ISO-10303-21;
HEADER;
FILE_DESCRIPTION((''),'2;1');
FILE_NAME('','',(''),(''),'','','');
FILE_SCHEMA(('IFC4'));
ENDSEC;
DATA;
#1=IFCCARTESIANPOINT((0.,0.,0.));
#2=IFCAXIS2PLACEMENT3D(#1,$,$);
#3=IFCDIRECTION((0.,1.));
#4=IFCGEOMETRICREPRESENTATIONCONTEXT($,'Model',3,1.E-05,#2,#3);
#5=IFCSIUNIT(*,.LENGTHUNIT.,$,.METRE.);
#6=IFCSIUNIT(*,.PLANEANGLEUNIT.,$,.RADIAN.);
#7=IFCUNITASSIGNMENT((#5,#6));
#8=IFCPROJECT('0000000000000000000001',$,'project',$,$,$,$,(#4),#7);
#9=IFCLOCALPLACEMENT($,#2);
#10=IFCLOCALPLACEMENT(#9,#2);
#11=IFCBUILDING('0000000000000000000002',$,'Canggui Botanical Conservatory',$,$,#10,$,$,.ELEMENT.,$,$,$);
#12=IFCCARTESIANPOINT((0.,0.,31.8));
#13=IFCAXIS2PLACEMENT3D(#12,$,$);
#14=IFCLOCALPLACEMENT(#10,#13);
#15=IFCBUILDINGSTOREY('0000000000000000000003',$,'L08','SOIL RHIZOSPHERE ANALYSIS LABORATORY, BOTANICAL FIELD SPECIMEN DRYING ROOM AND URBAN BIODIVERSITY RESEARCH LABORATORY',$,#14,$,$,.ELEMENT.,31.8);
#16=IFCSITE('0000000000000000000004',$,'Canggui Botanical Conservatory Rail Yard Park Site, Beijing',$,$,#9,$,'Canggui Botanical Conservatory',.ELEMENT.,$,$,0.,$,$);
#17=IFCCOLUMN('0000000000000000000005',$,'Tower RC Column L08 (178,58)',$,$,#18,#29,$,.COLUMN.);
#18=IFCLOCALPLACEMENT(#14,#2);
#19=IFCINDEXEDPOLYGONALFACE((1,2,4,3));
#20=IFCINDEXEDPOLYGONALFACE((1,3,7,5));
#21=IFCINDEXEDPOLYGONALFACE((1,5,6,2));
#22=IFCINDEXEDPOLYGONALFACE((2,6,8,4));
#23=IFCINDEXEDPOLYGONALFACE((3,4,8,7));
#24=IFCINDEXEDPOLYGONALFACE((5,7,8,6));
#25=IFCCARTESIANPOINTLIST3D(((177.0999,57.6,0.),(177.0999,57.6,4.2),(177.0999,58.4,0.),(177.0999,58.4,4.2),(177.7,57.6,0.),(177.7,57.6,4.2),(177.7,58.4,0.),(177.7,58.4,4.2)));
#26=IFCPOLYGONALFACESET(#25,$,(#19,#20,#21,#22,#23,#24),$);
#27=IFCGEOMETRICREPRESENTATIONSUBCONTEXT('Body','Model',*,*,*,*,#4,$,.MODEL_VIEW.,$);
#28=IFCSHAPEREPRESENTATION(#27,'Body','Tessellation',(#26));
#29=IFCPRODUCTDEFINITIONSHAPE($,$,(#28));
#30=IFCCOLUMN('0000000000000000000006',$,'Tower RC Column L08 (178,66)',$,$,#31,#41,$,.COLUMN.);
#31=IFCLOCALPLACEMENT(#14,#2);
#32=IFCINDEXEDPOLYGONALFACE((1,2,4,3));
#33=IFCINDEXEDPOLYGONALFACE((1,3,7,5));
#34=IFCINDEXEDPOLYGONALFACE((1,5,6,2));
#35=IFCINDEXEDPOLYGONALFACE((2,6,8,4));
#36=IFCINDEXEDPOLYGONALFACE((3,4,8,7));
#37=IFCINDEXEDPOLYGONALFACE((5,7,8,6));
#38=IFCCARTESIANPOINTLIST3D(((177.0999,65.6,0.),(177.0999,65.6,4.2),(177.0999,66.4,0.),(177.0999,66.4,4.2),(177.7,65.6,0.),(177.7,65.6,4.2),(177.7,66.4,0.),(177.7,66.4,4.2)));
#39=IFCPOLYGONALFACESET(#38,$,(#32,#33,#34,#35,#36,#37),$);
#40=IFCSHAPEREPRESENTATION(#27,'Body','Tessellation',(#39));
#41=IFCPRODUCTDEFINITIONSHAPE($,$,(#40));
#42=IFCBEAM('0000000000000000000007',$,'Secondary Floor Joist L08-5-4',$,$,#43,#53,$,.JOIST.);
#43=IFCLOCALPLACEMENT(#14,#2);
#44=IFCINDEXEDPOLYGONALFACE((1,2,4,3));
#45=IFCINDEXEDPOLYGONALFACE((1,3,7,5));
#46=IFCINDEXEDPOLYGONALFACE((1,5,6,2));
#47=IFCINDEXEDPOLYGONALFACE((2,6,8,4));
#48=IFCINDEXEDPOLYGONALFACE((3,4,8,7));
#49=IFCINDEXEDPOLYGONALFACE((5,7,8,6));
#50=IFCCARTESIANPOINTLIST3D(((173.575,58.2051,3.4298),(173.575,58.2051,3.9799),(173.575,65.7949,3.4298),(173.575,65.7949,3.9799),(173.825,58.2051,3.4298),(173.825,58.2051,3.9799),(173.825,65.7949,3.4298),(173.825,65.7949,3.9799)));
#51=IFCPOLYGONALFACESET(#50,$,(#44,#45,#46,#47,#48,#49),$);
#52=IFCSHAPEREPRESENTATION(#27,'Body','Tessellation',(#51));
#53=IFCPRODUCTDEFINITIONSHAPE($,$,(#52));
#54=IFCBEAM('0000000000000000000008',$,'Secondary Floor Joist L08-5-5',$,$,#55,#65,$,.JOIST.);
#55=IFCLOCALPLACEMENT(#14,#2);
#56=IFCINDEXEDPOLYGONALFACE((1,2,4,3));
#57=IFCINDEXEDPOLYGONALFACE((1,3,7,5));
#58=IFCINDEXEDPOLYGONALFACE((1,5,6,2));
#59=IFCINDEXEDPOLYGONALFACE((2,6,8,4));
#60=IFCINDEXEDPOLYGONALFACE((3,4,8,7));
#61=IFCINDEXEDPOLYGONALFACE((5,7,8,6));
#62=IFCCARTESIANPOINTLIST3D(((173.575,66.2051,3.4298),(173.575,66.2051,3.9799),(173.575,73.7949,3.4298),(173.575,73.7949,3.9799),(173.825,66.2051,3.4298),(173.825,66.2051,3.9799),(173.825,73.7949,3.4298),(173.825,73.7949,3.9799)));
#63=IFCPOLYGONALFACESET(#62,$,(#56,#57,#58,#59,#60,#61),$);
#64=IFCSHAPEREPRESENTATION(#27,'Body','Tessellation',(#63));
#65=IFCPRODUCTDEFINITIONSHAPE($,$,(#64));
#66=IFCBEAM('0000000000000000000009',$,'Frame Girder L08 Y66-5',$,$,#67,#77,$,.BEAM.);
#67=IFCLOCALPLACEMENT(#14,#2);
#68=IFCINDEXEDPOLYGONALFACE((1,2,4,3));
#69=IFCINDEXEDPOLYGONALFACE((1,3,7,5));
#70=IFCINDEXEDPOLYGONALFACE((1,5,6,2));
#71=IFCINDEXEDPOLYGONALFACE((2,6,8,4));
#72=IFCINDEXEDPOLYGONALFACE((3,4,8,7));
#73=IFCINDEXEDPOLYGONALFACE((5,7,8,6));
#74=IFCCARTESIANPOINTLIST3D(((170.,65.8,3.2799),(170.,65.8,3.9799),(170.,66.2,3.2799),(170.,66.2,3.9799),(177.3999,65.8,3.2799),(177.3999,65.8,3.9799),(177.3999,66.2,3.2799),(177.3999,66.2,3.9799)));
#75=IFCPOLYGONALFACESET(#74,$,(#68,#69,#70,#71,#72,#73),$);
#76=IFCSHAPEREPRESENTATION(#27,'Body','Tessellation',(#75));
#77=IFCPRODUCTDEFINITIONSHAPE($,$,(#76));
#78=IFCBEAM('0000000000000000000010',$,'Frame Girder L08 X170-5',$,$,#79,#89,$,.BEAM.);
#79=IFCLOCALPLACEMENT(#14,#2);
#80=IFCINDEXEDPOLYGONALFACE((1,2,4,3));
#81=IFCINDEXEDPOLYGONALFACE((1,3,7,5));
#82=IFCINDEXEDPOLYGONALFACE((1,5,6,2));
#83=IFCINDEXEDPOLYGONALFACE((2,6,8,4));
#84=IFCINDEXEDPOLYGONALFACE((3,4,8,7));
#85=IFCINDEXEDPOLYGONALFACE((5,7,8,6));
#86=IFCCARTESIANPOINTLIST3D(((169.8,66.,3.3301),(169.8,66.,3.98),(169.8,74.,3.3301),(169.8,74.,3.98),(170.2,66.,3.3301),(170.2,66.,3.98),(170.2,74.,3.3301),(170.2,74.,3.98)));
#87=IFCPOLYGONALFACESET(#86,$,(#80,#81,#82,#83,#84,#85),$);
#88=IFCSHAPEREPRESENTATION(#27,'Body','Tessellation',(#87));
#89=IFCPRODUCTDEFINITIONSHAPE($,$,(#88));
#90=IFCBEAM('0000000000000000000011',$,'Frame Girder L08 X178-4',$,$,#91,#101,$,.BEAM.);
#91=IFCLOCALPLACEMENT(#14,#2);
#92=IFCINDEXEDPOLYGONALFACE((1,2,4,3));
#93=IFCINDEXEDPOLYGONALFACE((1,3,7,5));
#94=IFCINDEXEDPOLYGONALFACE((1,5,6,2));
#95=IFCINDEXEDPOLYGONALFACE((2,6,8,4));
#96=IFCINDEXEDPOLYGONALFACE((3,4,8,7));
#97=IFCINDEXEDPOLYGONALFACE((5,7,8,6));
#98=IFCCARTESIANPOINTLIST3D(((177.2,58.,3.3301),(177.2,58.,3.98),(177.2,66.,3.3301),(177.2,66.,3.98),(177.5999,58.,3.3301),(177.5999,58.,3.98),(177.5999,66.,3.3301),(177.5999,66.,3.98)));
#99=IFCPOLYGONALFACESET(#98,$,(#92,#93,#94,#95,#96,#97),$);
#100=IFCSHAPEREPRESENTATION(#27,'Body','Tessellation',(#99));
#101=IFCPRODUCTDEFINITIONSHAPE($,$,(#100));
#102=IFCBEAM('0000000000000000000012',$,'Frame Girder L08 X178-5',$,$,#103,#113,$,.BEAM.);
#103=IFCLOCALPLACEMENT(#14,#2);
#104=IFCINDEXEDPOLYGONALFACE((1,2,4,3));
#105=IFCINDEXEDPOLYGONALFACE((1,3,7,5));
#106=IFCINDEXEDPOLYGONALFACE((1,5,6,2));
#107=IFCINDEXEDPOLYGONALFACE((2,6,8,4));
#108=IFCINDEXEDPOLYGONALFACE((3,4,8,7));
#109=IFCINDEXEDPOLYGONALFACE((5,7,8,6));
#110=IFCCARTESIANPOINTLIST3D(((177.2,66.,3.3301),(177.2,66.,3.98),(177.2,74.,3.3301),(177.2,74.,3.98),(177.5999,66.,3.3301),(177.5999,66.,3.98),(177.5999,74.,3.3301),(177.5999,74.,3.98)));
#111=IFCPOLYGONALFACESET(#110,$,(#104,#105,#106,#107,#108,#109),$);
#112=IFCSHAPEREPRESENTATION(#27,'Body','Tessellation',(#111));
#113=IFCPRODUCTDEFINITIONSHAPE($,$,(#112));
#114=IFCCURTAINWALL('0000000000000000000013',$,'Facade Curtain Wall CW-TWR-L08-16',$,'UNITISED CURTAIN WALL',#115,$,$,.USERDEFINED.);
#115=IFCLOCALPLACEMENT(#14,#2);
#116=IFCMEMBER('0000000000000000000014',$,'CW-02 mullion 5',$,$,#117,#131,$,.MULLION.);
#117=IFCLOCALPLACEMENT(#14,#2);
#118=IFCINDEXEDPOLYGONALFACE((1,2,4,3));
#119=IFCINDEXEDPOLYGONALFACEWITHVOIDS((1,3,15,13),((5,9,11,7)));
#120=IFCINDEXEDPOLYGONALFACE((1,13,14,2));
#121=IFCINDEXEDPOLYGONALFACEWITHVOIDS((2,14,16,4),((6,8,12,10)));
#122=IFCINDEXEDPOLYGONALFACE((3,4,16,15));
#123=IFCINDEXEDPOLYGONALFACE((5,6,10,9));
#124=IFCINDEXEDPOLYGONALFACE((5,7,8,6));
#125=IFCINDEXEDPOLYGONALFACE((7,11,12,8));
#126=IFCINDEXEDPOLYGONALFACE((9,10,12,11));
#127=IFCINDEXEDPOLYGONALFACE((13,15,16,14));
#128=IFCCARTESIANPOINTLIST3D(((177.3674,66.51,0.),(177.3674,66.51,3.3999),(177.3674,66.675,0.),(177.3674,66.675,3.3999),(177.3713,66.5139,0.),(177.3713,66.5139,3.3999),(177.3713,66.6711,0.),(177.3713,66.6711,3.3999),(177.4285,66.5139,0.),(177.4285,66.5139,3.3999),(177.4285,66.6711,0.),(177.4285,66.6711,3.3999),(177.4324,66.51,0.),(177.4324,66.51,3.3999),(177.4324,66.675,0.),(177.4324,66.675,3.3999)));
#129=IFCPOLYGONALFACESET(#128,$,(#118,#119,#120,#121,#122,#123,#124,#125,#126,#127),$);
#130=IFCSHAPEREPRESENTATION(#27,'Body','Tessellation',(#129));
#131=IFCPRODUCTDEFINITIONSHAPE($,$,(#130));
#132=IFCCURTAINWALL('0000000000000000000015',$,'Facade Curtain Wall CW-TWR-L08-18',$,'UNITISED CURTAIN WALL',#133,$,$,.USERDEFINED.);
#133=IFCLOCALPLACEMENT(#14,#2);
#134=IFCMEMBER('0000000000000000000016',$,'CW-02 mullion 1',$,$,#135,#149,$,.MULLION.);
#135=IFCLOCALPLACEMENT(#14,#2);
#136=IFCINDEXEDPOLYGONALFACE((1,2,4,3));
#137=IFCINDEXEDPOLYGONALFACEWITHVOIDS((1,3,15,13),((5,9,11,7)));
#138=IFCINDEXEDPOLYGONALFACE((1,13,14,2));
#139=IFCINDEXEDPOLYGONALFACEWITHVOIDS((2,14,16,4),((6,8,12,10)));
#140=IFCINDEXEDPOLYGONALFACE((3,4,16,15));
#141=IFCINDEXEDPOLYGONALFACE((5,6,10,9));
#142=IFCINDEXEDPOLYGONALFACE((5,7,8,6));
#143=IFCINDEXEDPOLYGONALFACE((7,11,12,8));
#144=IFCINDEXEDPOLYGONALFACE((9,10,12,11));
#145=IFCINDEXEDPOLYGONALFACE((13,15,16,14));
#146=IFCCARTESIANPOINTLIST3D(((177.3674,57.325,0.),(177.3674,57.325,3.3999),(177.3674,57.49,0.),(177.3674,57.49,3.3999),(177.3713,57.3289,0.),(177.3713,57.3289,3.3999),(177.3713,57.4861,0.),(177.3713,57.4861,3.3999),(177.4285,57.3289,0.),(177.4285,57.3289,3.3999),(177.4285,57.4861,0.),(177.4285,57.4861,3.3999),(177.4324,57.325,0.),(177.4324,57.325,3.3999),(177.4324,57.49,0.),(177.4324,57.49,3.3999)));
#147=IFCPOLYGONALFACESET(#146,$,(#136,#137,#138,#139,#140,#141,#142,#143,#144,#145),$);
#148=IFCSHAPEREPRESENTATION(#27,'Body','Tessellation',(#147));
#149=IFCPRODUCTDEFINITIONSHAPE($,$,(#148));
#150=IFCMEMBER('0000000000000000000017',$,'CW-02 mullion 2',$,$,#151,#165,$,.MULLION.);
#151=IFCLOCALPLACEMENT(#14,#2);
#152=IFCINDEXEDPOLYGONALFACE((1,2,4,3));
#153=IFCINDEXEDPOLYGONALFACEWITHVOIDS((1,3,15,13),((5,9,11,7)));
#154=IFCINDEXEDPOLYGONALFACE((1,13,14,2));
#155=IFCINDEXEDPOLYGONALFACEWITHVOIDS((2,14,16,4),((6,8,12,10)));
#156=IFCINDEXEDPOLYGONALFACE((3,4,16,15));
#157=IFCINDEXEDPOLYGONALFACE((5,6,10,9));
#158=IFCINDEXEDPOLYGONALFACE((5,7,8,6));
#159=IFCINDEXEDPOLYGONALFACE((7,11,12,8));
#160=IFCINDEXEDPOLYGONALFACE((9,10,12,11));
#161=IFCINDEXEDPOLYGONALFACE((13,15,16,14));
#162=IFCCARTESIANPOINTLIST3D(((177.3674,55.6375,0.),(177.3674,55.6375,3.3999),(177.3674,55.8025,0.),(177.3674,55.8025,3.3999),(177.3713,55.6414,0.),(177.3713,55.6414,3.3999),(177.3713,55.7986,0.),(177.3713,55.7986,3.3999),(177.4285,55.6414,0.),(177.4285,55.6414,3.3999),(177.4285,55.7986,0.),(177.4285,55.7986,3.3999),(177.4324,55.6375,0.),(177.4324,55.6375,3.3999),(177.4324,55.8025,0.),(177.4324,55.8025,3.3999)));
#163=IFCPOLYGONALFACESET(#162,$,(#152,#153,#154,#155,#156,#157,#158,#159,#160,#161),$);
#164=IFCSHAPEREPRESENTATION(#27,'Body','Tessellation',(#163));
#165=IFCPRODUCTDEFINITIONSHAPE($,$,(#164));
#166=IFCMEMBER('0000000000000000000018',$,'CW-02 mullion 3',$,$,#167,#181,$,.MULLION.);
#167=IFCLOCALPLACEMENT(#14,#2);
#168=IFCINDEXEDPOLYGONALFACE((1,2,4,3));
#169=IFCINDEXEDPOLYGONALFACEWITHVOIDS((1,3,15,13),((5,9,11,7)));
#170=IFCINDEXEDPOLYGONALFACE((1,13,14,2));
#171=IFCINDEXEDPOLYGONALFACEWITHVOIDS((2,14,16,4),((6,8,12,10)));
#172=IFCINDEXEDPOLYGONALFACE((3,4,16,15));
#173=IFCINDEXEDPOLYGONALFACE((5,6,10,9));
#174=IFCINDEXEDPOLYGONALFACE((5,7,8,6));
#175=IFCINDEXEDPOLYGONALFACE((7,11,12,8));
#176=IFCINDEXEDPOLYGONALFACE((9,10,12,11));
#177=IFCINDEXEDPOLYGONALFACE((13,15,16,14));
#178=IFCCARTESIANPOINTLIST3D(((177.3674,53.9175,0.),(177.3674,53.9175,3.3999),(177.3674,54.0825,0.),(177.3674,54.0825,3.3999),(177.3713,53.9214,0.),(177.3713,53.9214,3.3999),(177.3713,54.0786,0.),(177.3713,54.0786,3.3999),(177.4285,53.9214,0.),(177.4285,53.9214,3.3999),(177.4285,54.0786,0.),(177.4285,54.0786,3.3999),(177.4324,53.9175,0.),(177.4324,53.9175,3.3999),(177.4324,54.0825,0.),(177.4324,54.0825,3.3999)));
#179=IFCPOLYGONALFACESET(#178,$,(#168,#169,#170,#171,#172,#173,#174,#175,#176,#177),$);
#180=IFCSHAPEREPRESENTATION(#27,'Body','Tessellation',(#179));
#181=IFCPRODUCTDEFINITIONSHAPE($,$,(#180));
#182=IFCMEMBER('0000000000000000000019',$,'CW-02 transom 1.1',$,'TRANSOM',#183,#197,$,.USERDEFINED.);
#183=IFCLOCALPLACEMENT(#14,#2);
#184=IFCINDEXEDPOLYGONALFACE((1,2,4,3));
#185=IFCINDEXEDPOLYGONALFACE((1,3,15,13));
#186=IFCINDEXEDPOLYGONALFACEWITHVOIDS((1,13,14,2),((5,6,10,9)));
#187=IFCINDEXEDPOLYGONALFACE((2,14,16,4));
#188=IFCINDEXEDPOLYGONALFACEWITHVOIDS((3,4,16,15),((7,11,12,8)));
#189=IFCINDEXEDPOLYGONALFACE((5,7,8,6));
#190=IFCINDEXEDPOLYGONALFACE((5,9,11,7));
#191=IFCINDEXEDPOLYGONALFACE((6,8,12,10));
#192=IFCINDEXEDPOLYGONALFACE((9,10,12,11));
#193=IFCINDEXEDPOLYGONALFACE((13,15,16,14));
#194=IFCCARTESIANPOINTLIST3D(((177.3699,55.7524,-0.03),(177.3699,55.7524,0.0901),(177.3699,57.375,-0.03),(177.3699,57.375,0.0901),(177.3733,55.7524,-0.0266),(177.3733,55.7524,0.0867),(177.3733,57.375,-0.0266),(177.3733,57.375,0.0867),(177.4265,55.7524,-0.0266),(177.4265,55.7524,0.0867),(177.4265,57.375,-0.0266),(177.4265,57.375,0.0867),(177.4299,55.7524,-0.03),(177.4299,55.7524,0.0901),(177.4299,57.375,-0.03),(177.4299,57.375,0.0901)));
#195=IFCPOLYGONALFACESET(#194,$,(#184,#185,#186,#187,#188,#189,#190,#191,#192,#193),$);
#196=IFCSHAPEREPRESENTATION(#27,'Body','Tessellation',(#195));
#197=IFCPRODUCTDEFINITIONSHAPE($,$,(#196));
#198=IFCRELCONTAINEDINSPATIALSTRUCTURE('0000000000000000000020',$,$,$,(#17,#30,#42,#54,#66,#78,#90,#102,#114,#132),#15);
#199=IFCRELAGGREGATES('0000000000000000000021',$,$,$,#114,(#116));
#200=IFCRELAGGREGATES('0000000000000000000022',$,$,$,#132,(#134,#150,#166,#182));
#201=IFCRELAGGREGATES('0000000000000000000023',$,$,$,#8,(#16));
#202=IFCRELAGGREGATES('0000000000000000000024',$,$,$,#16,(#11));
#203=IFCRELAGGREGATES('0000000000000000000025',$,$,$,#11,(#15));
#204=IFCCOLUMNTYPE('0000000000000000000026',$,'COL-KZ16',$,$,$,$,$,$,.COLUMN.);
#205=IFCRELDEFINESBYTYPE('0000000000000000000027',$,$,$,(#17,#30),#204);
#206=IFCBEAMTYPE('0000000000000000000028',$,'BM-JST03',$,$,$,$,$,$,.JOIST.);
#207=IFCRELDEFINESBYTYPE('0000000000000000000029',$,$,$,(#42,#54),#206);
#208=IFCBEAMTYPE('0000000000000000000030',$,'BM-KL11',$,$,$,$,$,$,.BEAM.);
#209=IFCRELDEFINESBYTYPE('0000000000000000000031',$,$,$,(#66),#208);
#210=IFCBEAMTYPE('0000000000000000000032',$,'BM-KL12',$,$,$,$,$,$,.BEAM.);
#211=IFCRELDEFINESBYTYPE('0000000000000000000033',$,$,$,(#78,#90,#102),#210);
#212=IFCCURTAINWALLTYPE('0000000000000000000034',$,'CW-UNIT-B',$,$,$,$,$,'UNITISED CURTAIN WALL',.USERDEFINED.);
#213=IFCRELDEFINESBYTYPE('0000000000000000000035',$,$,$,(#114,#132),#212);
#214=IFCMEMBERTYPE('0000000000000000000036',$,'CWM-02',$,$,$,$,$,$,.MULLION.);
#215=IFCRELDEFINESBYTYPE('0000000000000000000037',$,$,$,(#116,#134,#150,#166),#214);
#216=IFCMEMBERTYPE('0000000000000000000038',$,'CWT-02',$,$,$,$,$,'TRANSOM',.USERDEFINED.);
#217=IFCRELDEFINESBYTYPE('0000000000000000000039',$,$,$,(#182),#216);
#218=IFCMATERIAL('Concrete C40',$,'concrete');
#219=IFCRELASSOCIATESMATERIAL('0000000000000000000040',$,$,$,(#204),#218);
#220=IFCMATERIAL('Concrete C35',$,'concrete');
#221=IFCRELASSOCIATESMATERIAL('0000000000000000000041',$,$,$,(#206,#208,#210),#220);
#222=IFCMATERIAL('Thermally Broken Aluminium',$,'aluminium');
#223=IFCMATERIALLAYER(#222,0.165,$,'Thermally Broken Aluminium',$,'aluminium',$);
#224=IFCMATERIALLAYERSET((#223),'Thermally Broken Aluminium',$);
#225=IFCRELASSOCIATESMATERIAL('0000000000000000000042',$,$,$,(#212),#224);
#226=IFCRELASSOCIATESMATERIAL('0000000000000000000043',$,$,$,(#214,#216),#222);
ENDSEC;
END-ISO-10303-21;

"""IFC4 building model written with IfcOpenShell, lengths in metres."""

from ifc_helpers import new_model, si_unit, direction, frame, origin, origin_2d, place, context, subcontext, project, spatial, rectangle, hollow_rectangle, extrude, material, layer, layer_set, material_profile, profile_set, type_object, element, aggregate, save


model = new_model("IFC4")

# Units and contexts
model_context = context("Model", 3, precision=1e-05, world=origin(), true_north=direction((0.0, 1.0)))
body_context = subcontext(model_context, "Body", "Model", "MODEL_VIEW")
ifc_project = project(units=[si_unit("LENGTHUNIT", "METRE"), si_unit("PLANEANGLEUNIT", "RADIAN")], contexts=[model_context])

# Site, building, storey
site_placement = place(None, origin())
site = spatial("IfcSite", under=ifc_project, at=site_placement, Name="Canggui Botanical Conservatory Rail Yard Park Site, Beijing", LongName="Canggui Botanical Conservatory", CompositionType="ELEMENT", RefElevation=0.0)
building_placement = place(site_placement, origin())
building = spatial("IfcBuilding", under=site, at=building_placement, Name="Canggui Botanical Conservatory", CompositionType="ELEMENT")
storey_placement = place(building_placement, frame((0.0, 0.0, 31.8)))
storey = spatial("IfcBuildingStorey", under=building, at=storey_placement, Name="L08", Description="SOIL RHIZOSPHERE ANALYSIS LABORATORY, BOTANICAL FIELD SPECIMEN DRYING ROOM AND URBAN BIODIVERSITY RESEARCH LABORATORY", CompositionType="ELEMENT", Elevation=31.8)

# Columns
ifc_material_1 = material(Name="Concrete C40", Category="concrete")
ifc_material_profile_1 = material_profile(ifc_material_1, rectangle(XDim=0.6001, YDim=0.8, at=origin_2d()), Name="RC 600x800")
ifc_profile_set_1 = profile_set([ifc_material_profile_1], Name="Concrete C40")
column_type = type_object("IfcColumnType", Name="COL-KZ16", PredefinedType="COLUMN", material=ifc_profile_set_1)
for number, where, z_axis, x_axis, name in (
    (1, (177.3999, 58.0, 0.0), (0.0, 0.0, 1.0), (1.0, 0.0, 0.0), "Tower RC Column L08 (178,58)"),
    (2, (177.3999, 66.0, 0.0), (0.0, 0.0, 1.0), (1.0, 0.0, 0.0), "Tower RC Column L08 (178,66)"),
):
    element("IfcColumn", number, at=place(storey_placement, frame(where, z_axis=z_axis, x_axis=x_axis)), inside=storey, type_object=column_type, Name=name, PredefinedType="COLUMN", context=body_context, shape_type="SweptSolid", body=[
        extrude(rectangle(XDim=0.6001, YDim=0.8, at=origin_2d()), origin(), (0.0, 0.0, 1.0), 4.2),
    ])

# Beams
ifc_material_2 = material(Name="Concrete C35", Category="concrete")
ifc_material_profile_2 = material_profile(ifc_material_2, rectangle(XDim=0.25, YDim=0.55, at=origin_2d()), Name="RB 250x550")
ifc_profile_set_2 = profile_set([ifc_material_profile_2], Name="Concrete C35")
beam_type_1 = type_object("IfcBeamType", Name="BM-JST03", PredefinedType="JOIST", material=ifc_profile_set_2)
for number, where, z_axis, x_axis, name in (
    (3, (173.7, 58.2051, 3.7048), (0.0, 1.0, 0.0), (-1.0, 0.0, 0.0), "Secondary Floor Joist L08-5-4"),
    (4, (173.7, 66.2051, 3.7048), (0.0, 1.0, 0.0), (-1.0, 0.0, 0.0), "Secondary Floor Joist L08-5-5"),
):
    element("IfcBeam", number, at=place(storey_placement, frame(where, z_axis=z_axis, x_axis=x_axis)), inside=storey, type_object=beam_type_1, Name=name, PredefinedType="JOIST", context=body_context, shape_type="SweptSolid", body=[
        extrude(rectangle(XDim=0.25, YDim=0.55, at=origin_2d()), origin(), (0.0, 0.0, 1.0), 7.5898),
    ])
ifc_material_profile_3 = material_profile(ifc_material_2, rectangle(XDim=0.3999, YDim=0.7, at=origin_2d()), Name="RB 400x700")
ifc_profile_set_3 = profile_set([ifc_material_profile_3], Name="Concrete C35")
beam_type_2 = type_object("IfcBeamType", Name="BM-KL11", PredefinedType="BEAM", material=ifc_profile_set_3)
beam_placement = place(storey_placement, frame((170.0, 66.0, 3.6299), z_axis=(1.0, 0.0, 0.0), x_axis=(0.0, 1.0, 0.0)))
element("IfcBeam", 5, at=beam_placement, inside=storey, type_object=beam_type_2, Name="Frame Girder L08 Y66-5", PredefinedType="BEAM", context=body_context, shape_type="SweptSolid", body=[
    extrude(rectangle(XDim=0.3999, YDim=0.7, at=origin_2d()), origin(), (0.0, 0.0, 1.0), 7.3999),
])
ifc_material_profile_4 = material_profile(ifc_material_2, rectangle(XDim=0.3999, YDim=0.6499, at=origin_2d()), Name="RB 400x650")
ifc_profile_set_4 = profile_set([ifc_material_profile_4], Name="Concrete C35")
beam_type_3 = type_object("IfcBeamType", Name="BM-KL12", PredefinedType="BEAM", material=ifc_profile_set_4)
for number, where, z_axis, x_axis, name in (
    (6, (170.0, 66.0, 3.655), (0.0, 1.0, 0.0), (-1.0, 0.0, 0.0), "Frame Girder L08 X170-5"),
    (7, (177.3999, 58.0, 3.655), (0.0, 1.0, 0.0), (-1.0, 0.0, 0.0), "Frame Girder L08 X178-4"),
    (8, (177.3999, 66.0, 3.655), (0.0, 1.0, 0.0), (-1.0, 0.0, 0.0), "Frame Girder L08 X178-5"),
):
    element("IfcBeam", number, at=place(storey_placement, frame(where, z_axis=z_axis, x_axis=x_axis)), inside=storey, type_object=beam_type_3, Name=name, PredefinedType="BEAM", context=body_context, shape_type="SweptSolid", body=[
        extrude(rectangle(XDim=0.3999, YDim=0.6499, at=origin_2d()), origin(), (0.0, 0.0, 1.0), 8.0),
    ])

# Curtain wall, member
ifc_material_3 = material(Name="Thermally Broken Aluminium", Category="aluminium")
ifc_layer_1 = layer(ifc_material_3, 0.165, Name="Thermally Broken Aluminium", Category="aluminium")
ifc_layer_set_1 = layer_set([ifc_layer_1], Name="Thermally Broken Aluminium")
curtain_wall_type = type_object("IfcCurtainWallType", Name="CW-UNIT-B", ElementType="UNITISED CURTAIN WALL", PredefinedType="USERDEFINED", material=ifc_layer_set_1)
curtain_wall_1_placement = place(storey_placement, origin())
curtain_wall_1 = element("IfcCurtainWall", 9, at=curtain_wall_1_placement, inside=storey, type_object=curtain_wall_type, Name="Facade Curtain Wall CW-TWR-L08-16", ObjectType="UNITISED CURTAIN WALL", PredefinedType="USERDEFINED")
ifc_material_profile_5 = material_profile(ifc_material_3, hollow_rectangle(XDim=0.0649, YDim=0.165, WallThickness=0.0039, at=origin_2d()), Name="CWM 65x165x4")
ifc_profile_set_5 = profile_set([ifc_material_profile_5], Name="Thermally Broken Aluminium")
member_type_1 = type_object("IfcMemberType", Name="CWM-02", PredefinedType="MULLION", material=ifc_profile_set_5)
member_1_placement = place(storey_placement, frame((177.3999, 66.5925, 0.0), z_axis=(0.0, 0.0, 1.0), x_axis=(1.0, 0.0, 0.0)))
member_1 = element("IfcMember", 10, at=member_1_placement, type_object=member_type_1, Name="CW-02 mullion 5", PredefinedType="MULLION", context=body_context, shape_type="SweptSolid", body=[
    extrude(hollow_rectangle(XDim=0.0649, YDim=0.165, WallThickness=0.0039, at=origin_2d()), origin(), (0.0, 0.0, 1.0), 3.3999),
])

# Curtain wall, members
curtain_wall_2_placement = place(storey_placement, origin())
curtain_wall_2 = element("IfcCurtainWall", 11, at=curtain_wall_2_placement, inside=storey, type_object=curtain_wall_type, Name="Facade Curtain Wall CW-TWR-L08-18", ObjectType="UNITISED CURTAIN WALL", PredefinedType="USERDEFINED")
member_2_placement = place(storey_placement, frame((177.3999, 57.4075, 0.0), z_axis=(0.0, 0.0, 1.0), x_axis=(1.0, 0.0, 0.0)))
member_2 = element("IfcMember", 12, at=member_2_placement, type_object=member_type_1, Name="CW-02 mullion 1", PredefinedType="MULLION", context=body_context, shape_type="SweptSolid", body=[
    extrude(hollow_rectangle(XDim=0.0649, YDim=0.165, WallThickness=0.0039, at=origin_2d()), origin(), (0.0, 0.0, 1.0), 3.3999),
])
member_3_placement = place(storey_placement, frame((177.3999, 55.72, 0.0), z_axis=(0.0, 0.0, 1.0), x_axis=(1.0, 0.0, 0.0)))
member_3 = element("IfcMember", 13, at=member_3_placement, type_object=member_type_1, Name="CW-02 mullion 2", PredefinedType="MULLION", context=body_context, shape_type="SweptSolid", body=[
    extrude(hollow_rectangle(XDim=0.0649, YDim=0.165, WallThickness=0.0039, at=origin_2d()), origin(), (0.0, 0.0, 1.0), 3.3999),
])
member_4_placement = place(storey_placement, frame((177.3999, 54.0, 0.0), z_axis=(0.0, 0.0, 1.0), x_axis=(1.0, 0.0, 0.0)))
member_4 = element("IfcMember", 14, at=member_4_placement, type_object=member_type_1, Name="CW-02 mullion 3", PredefinedType="MULLION", context=body_context, shape_type="SweptSolid", body=[
    extrude(hollow_rectangle(XDim=0.0649, YDim=0.165, WallThickness=0.0039, at=origin_2d()), origin(), (0.0, 0.0, 1.0), 3.3999),
])
ifc_material_profile_6 = material_profile(ifc_material_3, hollow_rectangle(XDim=0.0601, YDim=0.1201, WallThickness=0.0034, at=origin_2d()), Name="CWT 60x120x3.5")
ifc_profile_set_6 = profile_set([ifc_material_profile_6], Name="Thermally Broken Aluminium")
member_type_2 = type_object("IfcMemberType", Name="CWT-02", ElementType="TRANSOM", PredefinedType="USERDEFINED", material=ifc_profile_set_6)
member_5_placement = place(storey_placement, frame((177.3999, 57.375, 0.03), z_axis=(0.0, -1.0, 0.0), x_axis=(1.0, 0.0, 0.0)))
member_5 = element("IfcMember", 15, at=member_5_placement, type_object=member_type_2, Name="CW-02 transom 1.1", ObjectType="TRANSOM", PredefinedType="USERDEFINED", context=body_context, shape_type="SweptSolid", body=[
    extrude(hollow_rectangle(XDim=0.0601, YDim=0.1201, WallThickness=0.0034, at=origin_2d()), origin(), (0.0, 0.0, 1.0), 1.6226),
])

aggregate(curtain_wall_1, [member_1])
aggregate(curtain_wall_2, [member_2, member_3, member_4, member_5])

save(model, "model.ifc")
